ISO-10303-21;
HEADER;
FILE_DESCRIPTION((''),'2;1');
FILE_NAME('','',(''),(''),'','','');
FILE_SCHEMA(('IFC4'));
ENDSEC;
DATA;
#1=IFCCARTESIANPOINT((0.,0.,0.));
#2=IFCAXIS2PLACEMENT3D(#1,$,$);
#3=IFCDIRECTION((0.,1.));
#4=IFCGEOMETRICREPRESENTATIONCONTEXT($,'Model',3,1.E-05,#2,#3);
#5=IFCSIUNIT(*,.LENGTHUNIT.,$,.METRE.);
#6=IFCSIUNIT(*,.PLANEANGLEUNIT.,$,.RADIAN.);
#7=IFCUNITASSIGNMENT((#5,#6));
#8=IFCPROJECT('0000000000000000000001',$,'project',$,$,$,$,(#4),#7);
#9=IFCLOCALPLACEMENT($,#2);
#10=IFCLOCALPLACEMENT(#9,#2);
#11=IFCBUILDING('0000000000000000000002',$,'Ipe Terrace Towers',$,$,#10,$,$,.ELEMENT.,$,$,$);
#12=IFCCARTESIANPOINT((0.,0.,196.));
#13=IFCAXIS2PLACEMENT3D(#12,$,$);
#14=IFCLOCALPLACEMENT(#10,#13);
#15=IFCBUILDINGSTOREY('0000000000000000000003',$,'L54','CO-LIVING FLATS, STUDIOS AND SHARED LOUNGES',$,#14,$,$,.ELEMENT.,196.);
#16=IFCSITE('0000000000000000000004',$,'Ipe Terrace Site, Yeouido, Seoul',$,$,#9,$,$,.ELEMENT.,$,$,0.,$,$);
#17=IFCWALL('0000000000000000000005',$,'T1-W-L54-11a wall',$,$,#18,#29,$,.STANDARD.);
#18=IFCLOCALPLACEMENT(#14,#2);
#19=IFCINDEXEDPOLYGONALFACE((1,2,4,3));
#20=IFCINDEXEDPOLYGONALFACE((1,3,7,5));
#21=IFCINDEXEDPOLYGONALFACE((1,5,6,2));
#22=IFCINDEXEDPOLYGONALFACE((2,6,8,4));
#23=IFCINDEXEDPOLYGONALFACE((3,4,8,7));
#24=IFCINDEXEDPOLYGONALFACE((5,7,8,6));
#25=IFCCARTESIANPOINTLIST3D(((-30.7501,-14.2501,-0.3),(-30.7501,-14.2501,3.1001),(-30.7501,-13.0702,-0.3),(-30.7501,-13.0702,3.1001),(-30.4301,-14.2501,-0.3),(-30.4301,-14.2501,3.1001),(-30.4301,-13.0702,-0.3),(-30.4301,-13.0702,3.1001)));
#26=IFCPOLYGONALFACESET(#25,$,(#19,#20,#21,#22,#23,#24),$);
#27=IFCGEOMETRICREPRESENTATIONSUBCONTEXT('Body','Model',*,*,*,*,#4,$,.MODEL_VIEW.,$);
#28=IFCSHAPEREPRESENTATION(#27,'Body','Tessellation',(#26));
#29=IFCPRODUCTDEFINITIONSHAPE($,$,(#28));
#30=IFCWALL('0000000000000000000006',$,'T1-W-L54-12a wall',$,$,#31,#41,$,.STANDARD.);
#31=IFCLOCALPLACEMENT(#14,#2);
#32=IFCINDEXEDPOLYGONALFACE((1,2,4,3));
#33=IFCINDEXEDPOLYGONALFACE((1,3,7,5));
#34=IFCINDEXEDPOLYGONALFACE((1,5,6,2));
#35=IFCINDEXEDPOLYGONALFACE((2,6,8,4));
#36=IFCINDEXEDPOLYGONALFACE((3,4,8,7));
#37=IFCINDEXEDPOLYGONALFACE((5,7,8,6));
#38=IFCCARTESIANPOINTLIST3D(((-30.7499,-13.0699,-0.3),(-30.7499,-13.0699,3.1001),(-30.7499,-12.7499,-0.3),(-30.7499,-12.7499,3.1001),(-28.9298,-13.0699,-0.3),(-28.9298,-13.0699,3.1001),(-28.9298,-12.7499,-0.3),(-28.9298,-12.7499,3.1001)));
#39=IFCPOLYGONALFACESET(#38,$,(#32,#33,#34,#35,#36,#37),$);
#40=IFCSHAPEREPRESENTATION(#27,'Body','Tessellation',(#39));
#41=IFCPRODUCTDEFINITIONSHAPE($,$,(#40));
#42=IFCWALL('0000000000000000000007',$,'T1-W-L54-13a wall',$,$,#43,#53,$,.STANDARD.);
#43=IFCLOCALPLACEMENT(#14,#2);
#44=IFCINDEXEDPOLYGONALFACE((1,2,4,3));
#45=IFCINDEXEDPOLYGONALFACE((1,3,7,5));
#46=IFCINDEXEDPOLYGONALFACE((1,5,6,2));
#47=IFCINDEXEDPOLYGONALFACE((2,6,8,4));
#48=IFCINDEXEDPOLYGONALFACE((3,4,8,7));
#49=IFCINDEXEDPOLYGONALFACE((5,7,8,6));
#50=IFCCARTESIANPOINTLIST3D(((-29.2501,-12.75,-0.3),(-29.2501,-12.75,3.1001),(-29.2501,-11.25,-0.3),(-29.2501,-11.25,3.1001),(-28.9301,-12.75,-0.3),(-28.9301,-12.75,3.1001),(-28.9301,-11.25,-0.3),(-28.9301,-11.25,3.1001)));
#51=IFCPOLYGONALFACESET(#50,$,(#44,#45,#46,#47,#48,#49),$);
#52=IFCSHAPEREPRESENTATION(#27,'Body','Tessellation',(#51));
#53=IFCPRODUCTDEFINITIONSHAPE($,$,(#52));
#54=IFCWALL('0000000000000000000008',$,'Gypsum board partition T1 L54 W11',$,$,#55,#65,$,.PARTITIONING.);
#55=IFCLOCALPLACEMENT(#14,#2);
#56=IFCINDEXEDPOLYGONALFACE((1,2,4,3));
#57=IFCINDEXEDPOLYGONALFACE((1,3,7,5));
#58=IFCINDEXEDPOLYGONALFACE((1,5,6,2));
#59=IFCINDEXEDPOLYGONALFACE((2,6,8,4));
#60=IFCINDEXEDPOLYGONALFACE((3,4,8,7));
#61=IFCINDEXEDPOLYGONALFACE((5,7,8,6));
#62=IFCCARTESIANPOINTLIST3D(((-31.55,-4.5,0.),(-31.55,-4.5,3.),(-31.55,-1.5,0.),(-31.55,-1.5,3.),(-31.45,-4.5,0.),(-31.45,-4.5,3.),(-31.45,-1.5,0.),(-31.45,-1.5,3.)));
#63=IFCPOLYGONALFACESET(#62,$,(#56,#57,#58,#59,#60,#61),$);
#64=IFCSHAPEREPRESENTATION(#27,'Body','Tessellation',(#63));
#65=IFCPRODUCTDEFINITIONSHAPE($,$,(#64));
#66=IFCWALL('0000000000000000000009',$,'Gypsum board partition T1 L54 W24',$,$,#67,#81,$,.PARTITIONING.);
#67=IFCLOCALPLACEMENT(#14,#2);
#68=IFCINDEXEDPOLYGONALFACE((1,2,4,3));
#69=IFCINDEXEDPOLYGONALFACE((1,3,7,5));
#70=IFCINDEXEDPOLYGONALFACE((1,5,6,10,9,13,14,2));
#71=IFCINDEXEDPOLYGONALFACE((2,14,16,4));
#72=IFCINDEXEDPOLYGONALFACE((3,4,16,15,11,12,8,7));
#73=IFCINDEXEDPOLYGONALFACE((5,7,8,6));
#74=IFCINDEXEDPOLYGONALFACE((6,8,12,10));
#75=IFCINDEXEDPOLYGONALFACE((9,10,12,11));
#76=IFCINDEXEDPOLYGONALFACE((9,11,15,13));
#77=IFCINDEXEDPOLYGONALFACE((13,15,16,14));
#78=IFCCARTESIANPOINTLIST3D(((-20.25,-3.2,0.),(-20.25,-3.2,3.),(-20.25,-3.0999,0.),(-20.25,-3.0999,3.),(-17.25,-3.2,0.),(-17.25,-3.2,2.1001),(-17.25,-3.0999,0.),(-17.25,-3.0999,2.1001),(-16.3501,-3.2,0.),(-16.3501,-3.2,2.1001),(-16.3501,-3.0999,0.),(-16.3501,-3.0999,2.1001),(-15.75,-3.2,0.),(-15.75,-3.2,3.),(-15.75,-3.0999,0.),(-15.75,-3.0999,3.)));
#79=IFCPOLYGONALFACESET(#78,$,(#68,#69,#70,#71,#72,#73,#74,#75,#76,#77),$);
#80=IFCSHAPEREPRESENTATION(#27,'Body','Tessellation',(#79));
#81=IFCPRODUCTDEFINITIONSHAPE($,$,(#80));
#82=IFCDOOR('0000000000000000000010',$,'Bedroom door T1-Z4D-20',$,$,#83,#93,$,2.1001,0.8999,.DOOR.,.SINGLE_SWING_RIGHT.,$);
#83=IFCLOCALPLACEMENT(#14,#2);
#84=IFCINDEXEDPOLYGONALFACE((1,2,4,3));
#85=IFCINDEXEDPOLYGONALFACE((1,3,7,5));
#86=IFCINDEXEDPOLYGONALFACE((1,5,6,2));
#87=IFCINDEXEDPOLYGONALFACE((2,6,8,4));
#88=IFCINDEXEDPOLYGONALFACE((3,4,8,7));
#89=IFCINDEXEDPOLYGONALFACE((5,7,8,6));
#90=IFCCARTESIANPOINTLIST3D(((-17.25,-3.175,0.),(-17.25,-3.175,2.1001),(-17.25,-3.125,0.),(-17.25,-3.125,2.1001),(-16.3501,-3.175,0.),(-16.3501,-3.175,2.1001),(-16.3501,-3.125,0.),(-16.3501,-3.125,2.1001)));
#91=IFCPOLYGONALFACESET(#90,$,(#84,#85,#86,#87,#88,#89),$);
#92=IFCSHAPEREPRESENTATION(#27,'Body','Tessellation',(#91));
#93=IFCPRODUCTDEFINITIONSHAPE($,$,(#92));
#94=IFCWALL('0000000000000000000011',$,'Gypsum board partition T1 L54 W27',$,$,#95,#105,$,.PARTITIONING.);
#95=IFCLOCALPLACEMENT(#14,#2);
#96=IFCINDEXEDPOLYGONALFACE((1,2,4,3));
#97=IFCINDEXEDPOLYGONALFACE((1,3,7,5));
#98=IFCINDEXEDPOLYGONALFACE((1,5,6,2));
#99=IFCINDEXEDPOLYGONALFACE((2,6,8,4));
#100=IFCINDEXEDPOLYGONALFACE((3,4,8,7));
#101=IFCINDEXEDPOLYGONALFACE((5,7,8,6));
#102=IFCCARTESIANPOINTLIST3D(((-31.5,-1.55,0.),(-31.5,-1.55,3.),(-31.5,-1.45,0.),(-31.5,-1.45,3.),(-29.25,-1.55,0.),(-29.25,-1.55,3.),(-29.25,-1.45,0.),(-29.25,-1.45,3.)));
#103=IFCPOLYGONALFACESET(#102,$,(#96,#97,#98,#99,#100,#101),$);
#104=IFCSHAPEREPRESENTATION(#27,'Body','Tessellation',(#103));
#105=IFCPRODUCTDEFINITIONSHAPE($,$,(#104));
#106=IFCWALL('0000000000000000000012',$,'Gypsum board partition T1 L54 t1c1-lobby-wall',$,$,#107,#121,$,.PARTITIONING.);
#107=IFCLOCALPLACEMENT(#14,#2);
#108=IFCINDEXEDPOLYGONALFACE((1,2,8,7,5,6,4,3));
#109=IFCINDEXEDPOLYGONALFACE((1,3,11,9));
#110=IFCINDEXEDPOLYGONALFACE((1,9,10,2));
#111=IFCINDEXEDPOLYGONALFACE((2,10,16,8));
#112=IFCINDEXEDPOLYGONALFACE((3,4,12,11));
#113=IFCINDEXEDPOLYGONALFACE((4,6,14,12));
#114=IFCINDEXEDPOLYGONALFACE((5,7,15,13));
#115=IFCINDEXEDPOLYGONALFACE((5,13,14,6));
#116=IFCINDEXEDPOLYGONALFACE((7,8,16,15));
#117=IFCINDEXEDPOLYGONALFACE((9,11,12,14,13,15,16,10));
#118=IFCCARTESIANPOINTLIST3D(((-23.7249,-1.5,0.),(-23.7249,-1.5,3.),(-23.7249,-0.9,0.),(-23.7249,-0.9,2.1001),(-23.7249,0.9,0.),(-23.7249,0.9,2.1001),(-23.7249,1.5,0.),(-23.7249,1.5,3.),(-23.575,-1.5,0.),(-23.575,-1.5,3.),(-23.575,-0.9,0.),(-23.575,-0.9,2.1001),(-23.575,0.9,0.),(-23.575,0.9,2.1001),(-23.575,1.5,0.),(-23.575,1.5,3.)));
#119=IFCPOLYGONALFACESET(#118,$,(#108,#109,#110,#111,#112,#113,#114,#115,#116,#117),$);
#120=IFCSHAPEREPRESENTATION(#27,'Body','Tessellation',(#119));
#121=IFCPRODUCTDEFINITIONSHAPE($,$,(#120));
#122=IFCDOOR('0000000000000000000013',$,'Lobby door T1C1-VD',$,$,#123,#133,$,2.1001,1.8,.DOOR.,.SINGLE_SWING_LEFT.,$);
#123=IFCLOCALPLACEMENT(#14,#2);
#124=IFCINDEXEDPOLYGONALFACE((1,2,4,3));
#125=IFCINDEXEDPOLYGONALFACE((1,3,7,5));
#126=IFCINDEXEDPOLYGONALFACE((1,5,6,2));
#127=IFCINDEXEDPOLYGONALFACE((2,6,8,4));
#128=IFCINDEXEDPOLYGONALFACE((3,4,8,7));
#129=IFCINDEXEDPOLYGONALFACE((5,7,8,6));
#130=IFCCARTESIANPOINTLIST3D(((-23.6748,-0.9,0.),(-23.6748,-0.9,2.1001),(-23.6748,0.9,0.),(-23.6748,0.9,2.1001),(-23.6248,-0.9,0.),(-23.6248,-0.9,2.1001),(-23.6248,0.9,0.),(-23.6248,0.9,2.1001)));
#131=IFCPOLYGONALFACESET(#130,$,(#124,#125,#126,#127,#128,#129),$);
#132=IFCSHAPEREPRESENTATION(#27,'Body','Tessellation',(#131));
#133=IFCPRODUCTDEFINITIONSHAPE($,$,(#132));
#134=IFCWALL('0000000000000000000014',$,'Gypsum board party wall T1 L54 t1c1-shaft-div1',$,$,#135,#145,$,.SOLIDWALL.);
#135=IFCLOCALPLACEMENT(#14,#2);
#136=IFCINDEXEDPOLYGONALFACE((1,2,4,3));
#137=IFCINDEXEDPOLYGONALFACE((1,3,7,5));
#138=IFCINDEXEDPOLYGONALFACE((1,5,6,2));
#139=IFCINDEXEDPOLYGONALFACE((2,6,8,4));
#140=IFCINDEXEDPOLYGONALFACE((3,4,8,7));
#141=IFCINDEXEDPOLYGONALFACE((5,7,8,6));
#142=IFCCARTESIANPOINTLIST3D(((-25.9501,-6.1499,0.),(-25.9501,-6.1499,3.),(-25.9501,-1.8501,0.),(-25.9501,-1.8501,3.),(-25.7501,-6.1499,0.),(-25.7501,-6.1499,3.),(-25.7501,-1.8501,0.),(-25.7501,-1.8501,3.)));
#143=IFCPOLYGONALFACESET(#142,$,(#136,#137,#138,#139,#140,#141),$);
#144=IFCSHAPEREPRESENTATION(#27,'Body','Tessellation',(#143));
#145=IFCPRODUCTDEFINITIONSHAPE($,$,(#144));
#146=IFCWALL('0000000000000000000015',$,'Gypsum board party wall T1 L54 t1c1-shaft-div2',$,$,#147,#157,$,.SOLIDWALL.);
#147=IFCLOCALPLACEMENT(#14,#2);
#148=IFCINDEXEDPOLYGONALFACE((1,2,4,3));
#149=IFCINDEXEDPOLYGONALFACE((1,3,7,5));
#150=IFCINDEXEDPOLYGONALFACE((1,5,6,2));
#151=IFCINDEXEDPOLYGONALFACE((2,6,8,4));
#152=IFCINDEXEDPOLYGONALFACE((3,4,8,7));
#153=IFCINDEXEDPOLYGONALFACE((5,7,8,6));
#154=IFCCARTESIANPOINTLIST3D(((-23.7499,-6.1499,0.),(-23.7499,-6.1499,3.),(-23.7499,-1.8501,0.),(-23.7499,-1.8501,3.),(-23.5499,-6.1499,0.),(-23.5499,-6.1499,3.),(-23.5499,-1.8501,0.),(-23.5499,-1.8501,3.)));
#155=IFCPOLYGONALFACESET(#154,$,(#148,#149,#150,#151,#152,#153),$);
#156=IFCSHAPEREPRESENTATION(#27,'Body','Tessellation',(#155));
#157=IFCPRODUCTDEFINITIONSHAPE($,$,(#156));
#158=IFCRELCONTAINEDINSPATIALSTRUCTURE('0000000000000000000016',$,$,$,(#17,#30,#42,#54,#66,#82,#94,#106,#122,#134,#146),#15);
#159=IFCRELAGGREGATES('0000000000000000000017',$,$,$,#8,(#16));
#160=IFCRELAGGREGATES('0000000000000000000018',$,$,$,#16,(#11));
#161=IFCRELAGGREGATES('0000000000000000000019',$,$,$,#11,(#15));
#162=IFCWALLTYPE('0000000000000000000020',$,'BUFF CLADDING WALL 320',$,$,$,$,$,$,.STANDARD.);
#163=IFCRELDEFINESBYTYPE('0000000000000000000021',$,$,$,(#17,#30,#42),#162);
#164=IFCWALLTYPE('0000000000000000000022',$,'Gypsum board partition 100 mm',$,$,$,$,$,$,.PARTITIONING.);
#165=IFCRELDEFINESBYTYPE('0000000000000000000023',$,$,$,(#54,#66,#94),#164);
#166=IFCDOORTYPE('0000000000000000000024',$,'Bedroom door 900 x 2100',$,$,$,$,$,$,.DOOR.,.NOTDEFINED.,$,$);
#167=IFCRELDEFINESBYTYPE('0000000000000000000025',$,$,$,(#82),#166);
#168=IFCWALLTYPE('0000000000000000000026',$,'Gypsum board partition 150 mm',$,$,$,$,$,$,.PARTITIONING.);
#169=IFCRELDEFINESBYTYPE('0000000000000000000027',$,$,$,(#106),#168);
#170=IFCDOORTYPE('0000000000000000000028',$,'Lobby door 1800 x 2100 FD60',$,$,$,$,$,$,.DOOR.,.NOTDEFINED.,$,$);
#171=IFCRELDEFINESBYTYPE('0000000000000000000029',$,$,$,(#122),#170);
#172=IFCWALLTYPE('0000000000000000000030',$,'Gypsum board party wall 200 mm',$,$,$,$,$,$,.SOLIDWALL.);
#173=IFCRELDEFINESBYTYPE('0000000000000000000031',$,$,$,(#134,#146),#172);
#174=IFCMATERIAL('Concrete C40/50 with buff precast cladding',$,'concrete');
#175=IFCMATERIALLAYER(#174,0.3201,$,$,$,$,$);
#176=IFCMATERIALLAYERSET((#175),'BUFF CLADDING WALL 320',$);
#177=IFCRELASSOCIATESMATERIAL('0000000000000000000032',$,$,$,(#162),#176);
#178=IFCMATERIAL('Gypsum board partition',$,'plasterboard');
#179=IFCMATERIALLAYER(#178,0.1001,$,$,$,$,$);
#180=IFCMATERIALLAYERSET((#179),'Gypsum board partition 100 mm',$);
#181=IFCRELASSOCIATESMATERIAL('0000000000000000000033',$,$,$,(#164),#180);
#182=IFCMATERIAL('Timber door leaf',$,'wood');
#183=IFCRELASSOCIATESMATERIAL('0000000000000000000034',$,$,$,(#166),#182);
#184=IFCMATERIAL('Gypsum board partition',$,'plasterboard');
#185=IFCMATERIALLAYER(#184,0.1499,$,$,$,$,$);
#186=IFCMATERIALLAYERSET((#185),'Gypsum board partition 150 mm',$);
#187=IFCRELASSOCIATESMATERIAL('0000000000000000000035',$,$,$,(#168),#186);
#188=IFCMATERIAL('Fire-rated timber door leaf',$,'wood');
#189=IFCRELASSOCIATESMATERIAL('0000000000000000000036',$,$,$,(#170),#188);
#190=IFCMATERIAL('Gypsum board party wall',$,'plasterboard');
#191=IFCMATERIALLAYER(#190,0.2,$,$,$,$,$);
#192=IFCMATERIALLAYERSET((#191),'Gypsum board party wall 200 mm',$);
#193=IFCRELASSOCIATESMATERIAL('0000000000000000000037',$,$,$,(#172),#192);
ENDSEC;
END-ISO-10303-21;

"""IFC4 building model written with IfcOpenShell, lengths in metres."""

from ifc_helpers import new_model, si_unit, direction, frame, frame_2d, origin, place, context, subcontext, project, spatial, rectangle, extrude, material, layer, layer_set, type_object, element, fill, save


model = new_model("IFC4")

# Units and contexts
model_context = context("Model", 3, precision=1e-05, world=origin(), true_north=direction((0.0, 1.0)))
body_context = subcontext(model_context, "Body", "Model", "MODEL_VIEW")
ifc_project = project(units=[si_unit("LENGTHUNIT", "METRE"), si_unit("PLANEANGLEUNIT", "RADIAN")], contexts=[model_context])

# Site, building, storey
site_placement = place(None, origin())
site = spatial("IfcSite", under=ifc_project, at=site_placement, Name="Ipe Terrace Site, Yeouido, Seoul", CompositionType="ELEMENT", RefElevation=0.0)
building_placement = place(site_placement, origin())
building = spatial("IfcBuilding", under=site, at=building_placement, Name="Ipe Terrace Towers", CompositionType="ELEMENT")
storey_placement = place(building_placement, frame((0.0, 0.0, 196.0)))
storey = spatial("IfcBuildingStorey", under=building, at=storey_placement, Name="L54", Description="CO-LIVING FLATS, STUDIOS AND SHARED LOUNGES", CompositionType="ELEMENT", Elevation=196.0)

# Walls
ifc_material_1 = material(Name="Concrete C40/50 with buff precast cladding", Category="concrete")
ifc_layer_1 = layer(ifc_material_1, 0.3201)
ifc_layer_set_1 = layer_set([ifc_layer_1], Name="BUFF CLADDING WALL 320")
wall_type_1 = type_object("IfcWallType", Name="BUFF CLADDING WALL 320", PredefinedType="STANDARD", material=ifc_layer_set_1)
wall_1_placement = place(storey_placement, frame((-30.5901, -14.25, -0.3), z_axis=(0.0, 0.0, 1.0), x_axis=(0.0, 1.0, 0.0)))
element("IfcWall", 1, at=wall_1_placement, inside=storey, type_object=wall_type_1, Name="T1-W-L54-11a wall", PredefinedType="STANDARD", context=body_context, shape_type="SweptSolid", body=[
    extrude(rectangle(XDim=1.1799, YDim=0.3201, at=frame_2d((0.5898, 0.0))), origin(), (0.0, 0.0, 1.0), 3.4001),
])
wall_2_placement = place(storey_placement, frame((-30.75, -12.9099, -0.3), z_axis=(0.0, 0.0, 1.0), x_axis=(1.0, 0.0, 0.0)))
element("IfcWall", 2, at=wall_2_placement, inside=storey, type_object=wall_type_1, Name="T1-W-L54-12a wall", PredefinedType="STANDARD", context=body_context, shape_type="SweptSolid", body=[
    extrude(rectangle(XDim=1.8201, YDim=0.3201, at=frame_2d((0.9102, 0.0))), origin(), (0.0, 0.0, 1.0), 3.4001),
])
wall_3_placement = place(storey_placement, frame((-29.0901, -12.75, -0.3), z_axis=(0.0, 0.0, 1.0), x_axis=(0.0, 1.0, 0.0)))
element("IfcWall", 3, at=wall_3_placement, inside=storey, type_object=wall_type_1, Name="T1-W-L54-13a wall", PredefinedType="STANDARD", context=body_context, shape_type="SweptSolid", body=[
    extrude(rectangle(XDim=1.5, YDim=0.3201, at=frame_2d((0.75, 0.0))), origin(), (0.0, 0.0, 1.0), 3.4001),
])
ifc_material_2 = material(Name="Gypsum board partition", Category="plasterboard")
ifc_layer_2 = layer(ifc_material_2, 0.1001)
ifc_layer_set_2 = layer_set([ifc_layer_2], Name="Gypsum board partition 100 mm")
wall_type_2 = type_object("IfcWallType", Name="Gypsum board partition 100 mm", PredefinedType="PARTITIONING", material=ifc_layer_set_2)
wall_4_placement = place(storey_placement, frame((-31.5, -4.5, 0.0), z_axis=(0.0, 0.0, 1.0), x_axis=(0.0, 1.0, 0.0)))
element("IfcWall", 4, at=wall_4_placement, inside=storey, type_object=wall_type_2, Name="Gypsum board partition T1 L54 W11", PredefinedType="PARTITIONING", context=body_context, shape_type="SweptSolid", body=[
    extrude(rectangle(XDim=3.0, YDim=0.1001, at=frame_2d((1.5, 0.0))), origin(), (0.0, 0.0, 1.0), 3.0),
])

# Wall, opening, door
wall_5_placement = place(storey_placement, frame((-20.25, -3.1499, 0.0), z_axis=(0.0, 0.0, 1.0), x_axis=(1.0, 0.0, 0.0)))
wall_5 = element("IfcWall", 5, at=wall_5_placement, inside=storey, type_object=wall_type_2, Name="Gypsum board partition T1 L54 W24", PredefinedType="PARTITIONING", context=body_context, shape_type="SweptSolid", body=[
    extrude(rectangle(XDim=4.5, YDim=0.1001, at=frame_2d((2.25, 0.0))), origin(), (0.0, 0.0, 1.0), 3.0),
])
opening_1_placement = place(wall_5_placement, frame((3.0, 0.0, 0.0)))
opening_1 = element("IfcOpeningElement", 6, at=opening_1_placement, cuts=wall_5, PredefinedType="OPENING", context=body_context, shape_type="SweptSolid", body=[
    extrude(rectangle(XDim=0.8999, YDim=2.1001, at=frame_2d((0.45, 1.05))), frame((0.0, 0.0601, 0.0), z_axis=(0.0, -1.0, 0.0), x_axis=(1.0, 0.0, 0.0)), (0.0, 0.0, 1.0), 0.1201),
])
ifc_material_3 = material(Name="Timber door leaf", Category="wood")
door_type_1 = type_object("IfcDoorType", Name="Bedroom door 900 x 2100", OperationType="NOTDEFINED", PredefinedType="DOOR", material=ifc_material_3)
door_1_placement = place(opening_1_placement, origin())
door_1 = element("IfcDoor", 7, at=door_1_placement, inside=storey, type_object=door_type_1, Name="Bedroom door T1-Z4D-20", OperationType="SINGLE_SWING_RIGHT", OverallHeight=2.1001, OverallWidth=0.8999, PredefinedType="DOOR", context=body_context, shape_type="SweptSolid", body=[
    extrude(rectangle(XDim=0.8999, YDim=2.1001, at=frame_2d((0.45, 1.05))), frame((0.0, 0.0249, 0.0), z_axis=(0.0, -1.0, 0.0), x_axis=(1.0, 0.0, 0.0)), (0.0, 0.0, 1.0), 0.05),
])
fill(opening_1, door_1)

# Wall
wall_6_placement = place(storey_placement, frame((-31.5, -1.5, 0.0), z_axis=(0.0, 0.0, 1.0), x_axis=(1.0, 0.0, 0.0)))
element("IfcWall", 8, at=wall_6_placement, inside=storey, type_object=wall_type_2, Name="Gypsum board partition T1 L54 W27", PredefinedType="PARTITIONING", context=body_context, shape_type="SweptSolid", body=[
    extrude(rectangle(XDim=2.25, YDim=0.1001, at=frame_2d((1.125, 0.0))), origin(), (0.0, 0.0, 1.0), 3.0),
])

# Wall, opening, door
ifc_material_4 = material(Name="Gypsum board partition", Category="plasterboard")
ifc_layer_3 = layer(ifc_material_4, 0.1499)
ifc_layer_set_3 = layer_set([ifc_layer_3], Name="Gypsum board partition 150 mm")
wall_type_3 = type_object("IfcWallType", Name="Gypsum board partition 150 mm", PredefinedType="PARTITIONING", material=ifc_layer_set_3)
wall_7_placement = place(storey_placement, frame((-23.6499, -1.5, 0.0), z_axis=(0.0, 0.0, 1.0), x_axis=(0.0, 1.0, 0.0)))
wall_7 = element("IfcWall", 9, at=wall_7_placement, inside=storey, type_object=wall_type_3, Name="Gypsum board partition T1 L54 t1c1-lobby-wall", PredefinedType="PARTITIONING", context=body_context, shape_type="SweptSolid", body=[
    extrude(rectangle(XDim=3.0, YDim=0.1499, at=frame_2d((1.5, 0.0))), origin(), (0.0, 0.0, 1.0), 3.0),
])
opening_2_placement = place(wall_7_placement, frame((0.6001, 0.0, 0.0)))
opening_2 = element("IfcOpeningElement", 10, at=opening_2_placement, cuts=wall_7, PredefinedType="OPENING", context=body_context, shape_type="SweptSolid", body=[
    extrude(rectangle(XDim=1.8, YDim=2.1001, at=frame_2d((0.8999, 1.05))), frame((0.0, 0.085, 0.0), z_axis=(0.0, -1.0, 0.0), x_axis=(1.0, 0.0, 0.0)), (0.0, 0.0, 1.0), 0.1699),
])
ifc_material_5 = material(Name="Fire-rated timber door leaf", Category="wood")
door_type_2 = type_object("IfcDoorType", Name="Lobby door 1800 x 2100 FD60", OperationType="NOTDEFINED", PredefinedType="DOOR", material=ifc_material_5)
door_2_placement = place(opening_2_placement, origin())
door_2 = element("IfcDoor", 11, at=door_2_placement, inside=storey, type_object=door_type_2, Name="Lobby door T1C1-VD", OperationType="SINGLE_SWING_LEFT", OverallHeight=2.1001, OverallWidth=1.8, PredefinedType="DOOR", context=body_context, shape_type="SweptSolid", body=[
    extrude(rectangle(XDim=1.8, YDim=2.1001, at=frame_2d((0.8999, 1.05))), frame((0.0, 0.0249, 0.0), z_axis=(0.0, -1.0, 0.0), x_axis=(1.0, 0.0, 0.0)), (0.0, 0.0, 1.0), 0.05),
])
fill(opening_2, door_2)

# Walls
ifc_material_6 = material(Name="Gypsum board party wall", Category="plasterboard")
ifc_layer_4 = layer(ifc_material_6, 0.2)
ifc_layer_set_4 = layer_set([ifc_layer_4], Name="Gypsum board party wall 200 mm")
wall_type_4 = type_object("IfcWallType", Name="Gypsum board party wall 200 mm", PredefinedType="SOLIDWALL", material=ifc_layer_set_4)
for number, where, z_axis, x_axis, name in (
    (12, (-25.8501, -6.1499, 0.0), (0.0, 0.0, 1.0), (0.0, 1.0, 0.0), "Gypsum board party wall T1 L54 t1c1-shaft-div1"),
    (13, (-23.6499, -6.1499, 0.0), (0.0, 0.0, 1.0), (0.0, 1.0, 0.0), "Gypsum board party wall T1 L54 t1c1-shaft-div2"),
):
    element("IfcWall", number, at=place(storey_placement, frame(where, z_axis=z_axis, x_axis=x_axis)), inside=storey, type_object=wall_type_4, Name=name, PredefinedType="SOLIDWALL", context=body_context, shape_type="SweptSolid", body=[
        extrude(rectangle(XDim=4.2998, YDim=0.2, at=frame_2d((2.1499, 0.0))), origin(), (0.0, 0.0, 1.0), 3.0),
    ])

save(model, "model.ifc")
